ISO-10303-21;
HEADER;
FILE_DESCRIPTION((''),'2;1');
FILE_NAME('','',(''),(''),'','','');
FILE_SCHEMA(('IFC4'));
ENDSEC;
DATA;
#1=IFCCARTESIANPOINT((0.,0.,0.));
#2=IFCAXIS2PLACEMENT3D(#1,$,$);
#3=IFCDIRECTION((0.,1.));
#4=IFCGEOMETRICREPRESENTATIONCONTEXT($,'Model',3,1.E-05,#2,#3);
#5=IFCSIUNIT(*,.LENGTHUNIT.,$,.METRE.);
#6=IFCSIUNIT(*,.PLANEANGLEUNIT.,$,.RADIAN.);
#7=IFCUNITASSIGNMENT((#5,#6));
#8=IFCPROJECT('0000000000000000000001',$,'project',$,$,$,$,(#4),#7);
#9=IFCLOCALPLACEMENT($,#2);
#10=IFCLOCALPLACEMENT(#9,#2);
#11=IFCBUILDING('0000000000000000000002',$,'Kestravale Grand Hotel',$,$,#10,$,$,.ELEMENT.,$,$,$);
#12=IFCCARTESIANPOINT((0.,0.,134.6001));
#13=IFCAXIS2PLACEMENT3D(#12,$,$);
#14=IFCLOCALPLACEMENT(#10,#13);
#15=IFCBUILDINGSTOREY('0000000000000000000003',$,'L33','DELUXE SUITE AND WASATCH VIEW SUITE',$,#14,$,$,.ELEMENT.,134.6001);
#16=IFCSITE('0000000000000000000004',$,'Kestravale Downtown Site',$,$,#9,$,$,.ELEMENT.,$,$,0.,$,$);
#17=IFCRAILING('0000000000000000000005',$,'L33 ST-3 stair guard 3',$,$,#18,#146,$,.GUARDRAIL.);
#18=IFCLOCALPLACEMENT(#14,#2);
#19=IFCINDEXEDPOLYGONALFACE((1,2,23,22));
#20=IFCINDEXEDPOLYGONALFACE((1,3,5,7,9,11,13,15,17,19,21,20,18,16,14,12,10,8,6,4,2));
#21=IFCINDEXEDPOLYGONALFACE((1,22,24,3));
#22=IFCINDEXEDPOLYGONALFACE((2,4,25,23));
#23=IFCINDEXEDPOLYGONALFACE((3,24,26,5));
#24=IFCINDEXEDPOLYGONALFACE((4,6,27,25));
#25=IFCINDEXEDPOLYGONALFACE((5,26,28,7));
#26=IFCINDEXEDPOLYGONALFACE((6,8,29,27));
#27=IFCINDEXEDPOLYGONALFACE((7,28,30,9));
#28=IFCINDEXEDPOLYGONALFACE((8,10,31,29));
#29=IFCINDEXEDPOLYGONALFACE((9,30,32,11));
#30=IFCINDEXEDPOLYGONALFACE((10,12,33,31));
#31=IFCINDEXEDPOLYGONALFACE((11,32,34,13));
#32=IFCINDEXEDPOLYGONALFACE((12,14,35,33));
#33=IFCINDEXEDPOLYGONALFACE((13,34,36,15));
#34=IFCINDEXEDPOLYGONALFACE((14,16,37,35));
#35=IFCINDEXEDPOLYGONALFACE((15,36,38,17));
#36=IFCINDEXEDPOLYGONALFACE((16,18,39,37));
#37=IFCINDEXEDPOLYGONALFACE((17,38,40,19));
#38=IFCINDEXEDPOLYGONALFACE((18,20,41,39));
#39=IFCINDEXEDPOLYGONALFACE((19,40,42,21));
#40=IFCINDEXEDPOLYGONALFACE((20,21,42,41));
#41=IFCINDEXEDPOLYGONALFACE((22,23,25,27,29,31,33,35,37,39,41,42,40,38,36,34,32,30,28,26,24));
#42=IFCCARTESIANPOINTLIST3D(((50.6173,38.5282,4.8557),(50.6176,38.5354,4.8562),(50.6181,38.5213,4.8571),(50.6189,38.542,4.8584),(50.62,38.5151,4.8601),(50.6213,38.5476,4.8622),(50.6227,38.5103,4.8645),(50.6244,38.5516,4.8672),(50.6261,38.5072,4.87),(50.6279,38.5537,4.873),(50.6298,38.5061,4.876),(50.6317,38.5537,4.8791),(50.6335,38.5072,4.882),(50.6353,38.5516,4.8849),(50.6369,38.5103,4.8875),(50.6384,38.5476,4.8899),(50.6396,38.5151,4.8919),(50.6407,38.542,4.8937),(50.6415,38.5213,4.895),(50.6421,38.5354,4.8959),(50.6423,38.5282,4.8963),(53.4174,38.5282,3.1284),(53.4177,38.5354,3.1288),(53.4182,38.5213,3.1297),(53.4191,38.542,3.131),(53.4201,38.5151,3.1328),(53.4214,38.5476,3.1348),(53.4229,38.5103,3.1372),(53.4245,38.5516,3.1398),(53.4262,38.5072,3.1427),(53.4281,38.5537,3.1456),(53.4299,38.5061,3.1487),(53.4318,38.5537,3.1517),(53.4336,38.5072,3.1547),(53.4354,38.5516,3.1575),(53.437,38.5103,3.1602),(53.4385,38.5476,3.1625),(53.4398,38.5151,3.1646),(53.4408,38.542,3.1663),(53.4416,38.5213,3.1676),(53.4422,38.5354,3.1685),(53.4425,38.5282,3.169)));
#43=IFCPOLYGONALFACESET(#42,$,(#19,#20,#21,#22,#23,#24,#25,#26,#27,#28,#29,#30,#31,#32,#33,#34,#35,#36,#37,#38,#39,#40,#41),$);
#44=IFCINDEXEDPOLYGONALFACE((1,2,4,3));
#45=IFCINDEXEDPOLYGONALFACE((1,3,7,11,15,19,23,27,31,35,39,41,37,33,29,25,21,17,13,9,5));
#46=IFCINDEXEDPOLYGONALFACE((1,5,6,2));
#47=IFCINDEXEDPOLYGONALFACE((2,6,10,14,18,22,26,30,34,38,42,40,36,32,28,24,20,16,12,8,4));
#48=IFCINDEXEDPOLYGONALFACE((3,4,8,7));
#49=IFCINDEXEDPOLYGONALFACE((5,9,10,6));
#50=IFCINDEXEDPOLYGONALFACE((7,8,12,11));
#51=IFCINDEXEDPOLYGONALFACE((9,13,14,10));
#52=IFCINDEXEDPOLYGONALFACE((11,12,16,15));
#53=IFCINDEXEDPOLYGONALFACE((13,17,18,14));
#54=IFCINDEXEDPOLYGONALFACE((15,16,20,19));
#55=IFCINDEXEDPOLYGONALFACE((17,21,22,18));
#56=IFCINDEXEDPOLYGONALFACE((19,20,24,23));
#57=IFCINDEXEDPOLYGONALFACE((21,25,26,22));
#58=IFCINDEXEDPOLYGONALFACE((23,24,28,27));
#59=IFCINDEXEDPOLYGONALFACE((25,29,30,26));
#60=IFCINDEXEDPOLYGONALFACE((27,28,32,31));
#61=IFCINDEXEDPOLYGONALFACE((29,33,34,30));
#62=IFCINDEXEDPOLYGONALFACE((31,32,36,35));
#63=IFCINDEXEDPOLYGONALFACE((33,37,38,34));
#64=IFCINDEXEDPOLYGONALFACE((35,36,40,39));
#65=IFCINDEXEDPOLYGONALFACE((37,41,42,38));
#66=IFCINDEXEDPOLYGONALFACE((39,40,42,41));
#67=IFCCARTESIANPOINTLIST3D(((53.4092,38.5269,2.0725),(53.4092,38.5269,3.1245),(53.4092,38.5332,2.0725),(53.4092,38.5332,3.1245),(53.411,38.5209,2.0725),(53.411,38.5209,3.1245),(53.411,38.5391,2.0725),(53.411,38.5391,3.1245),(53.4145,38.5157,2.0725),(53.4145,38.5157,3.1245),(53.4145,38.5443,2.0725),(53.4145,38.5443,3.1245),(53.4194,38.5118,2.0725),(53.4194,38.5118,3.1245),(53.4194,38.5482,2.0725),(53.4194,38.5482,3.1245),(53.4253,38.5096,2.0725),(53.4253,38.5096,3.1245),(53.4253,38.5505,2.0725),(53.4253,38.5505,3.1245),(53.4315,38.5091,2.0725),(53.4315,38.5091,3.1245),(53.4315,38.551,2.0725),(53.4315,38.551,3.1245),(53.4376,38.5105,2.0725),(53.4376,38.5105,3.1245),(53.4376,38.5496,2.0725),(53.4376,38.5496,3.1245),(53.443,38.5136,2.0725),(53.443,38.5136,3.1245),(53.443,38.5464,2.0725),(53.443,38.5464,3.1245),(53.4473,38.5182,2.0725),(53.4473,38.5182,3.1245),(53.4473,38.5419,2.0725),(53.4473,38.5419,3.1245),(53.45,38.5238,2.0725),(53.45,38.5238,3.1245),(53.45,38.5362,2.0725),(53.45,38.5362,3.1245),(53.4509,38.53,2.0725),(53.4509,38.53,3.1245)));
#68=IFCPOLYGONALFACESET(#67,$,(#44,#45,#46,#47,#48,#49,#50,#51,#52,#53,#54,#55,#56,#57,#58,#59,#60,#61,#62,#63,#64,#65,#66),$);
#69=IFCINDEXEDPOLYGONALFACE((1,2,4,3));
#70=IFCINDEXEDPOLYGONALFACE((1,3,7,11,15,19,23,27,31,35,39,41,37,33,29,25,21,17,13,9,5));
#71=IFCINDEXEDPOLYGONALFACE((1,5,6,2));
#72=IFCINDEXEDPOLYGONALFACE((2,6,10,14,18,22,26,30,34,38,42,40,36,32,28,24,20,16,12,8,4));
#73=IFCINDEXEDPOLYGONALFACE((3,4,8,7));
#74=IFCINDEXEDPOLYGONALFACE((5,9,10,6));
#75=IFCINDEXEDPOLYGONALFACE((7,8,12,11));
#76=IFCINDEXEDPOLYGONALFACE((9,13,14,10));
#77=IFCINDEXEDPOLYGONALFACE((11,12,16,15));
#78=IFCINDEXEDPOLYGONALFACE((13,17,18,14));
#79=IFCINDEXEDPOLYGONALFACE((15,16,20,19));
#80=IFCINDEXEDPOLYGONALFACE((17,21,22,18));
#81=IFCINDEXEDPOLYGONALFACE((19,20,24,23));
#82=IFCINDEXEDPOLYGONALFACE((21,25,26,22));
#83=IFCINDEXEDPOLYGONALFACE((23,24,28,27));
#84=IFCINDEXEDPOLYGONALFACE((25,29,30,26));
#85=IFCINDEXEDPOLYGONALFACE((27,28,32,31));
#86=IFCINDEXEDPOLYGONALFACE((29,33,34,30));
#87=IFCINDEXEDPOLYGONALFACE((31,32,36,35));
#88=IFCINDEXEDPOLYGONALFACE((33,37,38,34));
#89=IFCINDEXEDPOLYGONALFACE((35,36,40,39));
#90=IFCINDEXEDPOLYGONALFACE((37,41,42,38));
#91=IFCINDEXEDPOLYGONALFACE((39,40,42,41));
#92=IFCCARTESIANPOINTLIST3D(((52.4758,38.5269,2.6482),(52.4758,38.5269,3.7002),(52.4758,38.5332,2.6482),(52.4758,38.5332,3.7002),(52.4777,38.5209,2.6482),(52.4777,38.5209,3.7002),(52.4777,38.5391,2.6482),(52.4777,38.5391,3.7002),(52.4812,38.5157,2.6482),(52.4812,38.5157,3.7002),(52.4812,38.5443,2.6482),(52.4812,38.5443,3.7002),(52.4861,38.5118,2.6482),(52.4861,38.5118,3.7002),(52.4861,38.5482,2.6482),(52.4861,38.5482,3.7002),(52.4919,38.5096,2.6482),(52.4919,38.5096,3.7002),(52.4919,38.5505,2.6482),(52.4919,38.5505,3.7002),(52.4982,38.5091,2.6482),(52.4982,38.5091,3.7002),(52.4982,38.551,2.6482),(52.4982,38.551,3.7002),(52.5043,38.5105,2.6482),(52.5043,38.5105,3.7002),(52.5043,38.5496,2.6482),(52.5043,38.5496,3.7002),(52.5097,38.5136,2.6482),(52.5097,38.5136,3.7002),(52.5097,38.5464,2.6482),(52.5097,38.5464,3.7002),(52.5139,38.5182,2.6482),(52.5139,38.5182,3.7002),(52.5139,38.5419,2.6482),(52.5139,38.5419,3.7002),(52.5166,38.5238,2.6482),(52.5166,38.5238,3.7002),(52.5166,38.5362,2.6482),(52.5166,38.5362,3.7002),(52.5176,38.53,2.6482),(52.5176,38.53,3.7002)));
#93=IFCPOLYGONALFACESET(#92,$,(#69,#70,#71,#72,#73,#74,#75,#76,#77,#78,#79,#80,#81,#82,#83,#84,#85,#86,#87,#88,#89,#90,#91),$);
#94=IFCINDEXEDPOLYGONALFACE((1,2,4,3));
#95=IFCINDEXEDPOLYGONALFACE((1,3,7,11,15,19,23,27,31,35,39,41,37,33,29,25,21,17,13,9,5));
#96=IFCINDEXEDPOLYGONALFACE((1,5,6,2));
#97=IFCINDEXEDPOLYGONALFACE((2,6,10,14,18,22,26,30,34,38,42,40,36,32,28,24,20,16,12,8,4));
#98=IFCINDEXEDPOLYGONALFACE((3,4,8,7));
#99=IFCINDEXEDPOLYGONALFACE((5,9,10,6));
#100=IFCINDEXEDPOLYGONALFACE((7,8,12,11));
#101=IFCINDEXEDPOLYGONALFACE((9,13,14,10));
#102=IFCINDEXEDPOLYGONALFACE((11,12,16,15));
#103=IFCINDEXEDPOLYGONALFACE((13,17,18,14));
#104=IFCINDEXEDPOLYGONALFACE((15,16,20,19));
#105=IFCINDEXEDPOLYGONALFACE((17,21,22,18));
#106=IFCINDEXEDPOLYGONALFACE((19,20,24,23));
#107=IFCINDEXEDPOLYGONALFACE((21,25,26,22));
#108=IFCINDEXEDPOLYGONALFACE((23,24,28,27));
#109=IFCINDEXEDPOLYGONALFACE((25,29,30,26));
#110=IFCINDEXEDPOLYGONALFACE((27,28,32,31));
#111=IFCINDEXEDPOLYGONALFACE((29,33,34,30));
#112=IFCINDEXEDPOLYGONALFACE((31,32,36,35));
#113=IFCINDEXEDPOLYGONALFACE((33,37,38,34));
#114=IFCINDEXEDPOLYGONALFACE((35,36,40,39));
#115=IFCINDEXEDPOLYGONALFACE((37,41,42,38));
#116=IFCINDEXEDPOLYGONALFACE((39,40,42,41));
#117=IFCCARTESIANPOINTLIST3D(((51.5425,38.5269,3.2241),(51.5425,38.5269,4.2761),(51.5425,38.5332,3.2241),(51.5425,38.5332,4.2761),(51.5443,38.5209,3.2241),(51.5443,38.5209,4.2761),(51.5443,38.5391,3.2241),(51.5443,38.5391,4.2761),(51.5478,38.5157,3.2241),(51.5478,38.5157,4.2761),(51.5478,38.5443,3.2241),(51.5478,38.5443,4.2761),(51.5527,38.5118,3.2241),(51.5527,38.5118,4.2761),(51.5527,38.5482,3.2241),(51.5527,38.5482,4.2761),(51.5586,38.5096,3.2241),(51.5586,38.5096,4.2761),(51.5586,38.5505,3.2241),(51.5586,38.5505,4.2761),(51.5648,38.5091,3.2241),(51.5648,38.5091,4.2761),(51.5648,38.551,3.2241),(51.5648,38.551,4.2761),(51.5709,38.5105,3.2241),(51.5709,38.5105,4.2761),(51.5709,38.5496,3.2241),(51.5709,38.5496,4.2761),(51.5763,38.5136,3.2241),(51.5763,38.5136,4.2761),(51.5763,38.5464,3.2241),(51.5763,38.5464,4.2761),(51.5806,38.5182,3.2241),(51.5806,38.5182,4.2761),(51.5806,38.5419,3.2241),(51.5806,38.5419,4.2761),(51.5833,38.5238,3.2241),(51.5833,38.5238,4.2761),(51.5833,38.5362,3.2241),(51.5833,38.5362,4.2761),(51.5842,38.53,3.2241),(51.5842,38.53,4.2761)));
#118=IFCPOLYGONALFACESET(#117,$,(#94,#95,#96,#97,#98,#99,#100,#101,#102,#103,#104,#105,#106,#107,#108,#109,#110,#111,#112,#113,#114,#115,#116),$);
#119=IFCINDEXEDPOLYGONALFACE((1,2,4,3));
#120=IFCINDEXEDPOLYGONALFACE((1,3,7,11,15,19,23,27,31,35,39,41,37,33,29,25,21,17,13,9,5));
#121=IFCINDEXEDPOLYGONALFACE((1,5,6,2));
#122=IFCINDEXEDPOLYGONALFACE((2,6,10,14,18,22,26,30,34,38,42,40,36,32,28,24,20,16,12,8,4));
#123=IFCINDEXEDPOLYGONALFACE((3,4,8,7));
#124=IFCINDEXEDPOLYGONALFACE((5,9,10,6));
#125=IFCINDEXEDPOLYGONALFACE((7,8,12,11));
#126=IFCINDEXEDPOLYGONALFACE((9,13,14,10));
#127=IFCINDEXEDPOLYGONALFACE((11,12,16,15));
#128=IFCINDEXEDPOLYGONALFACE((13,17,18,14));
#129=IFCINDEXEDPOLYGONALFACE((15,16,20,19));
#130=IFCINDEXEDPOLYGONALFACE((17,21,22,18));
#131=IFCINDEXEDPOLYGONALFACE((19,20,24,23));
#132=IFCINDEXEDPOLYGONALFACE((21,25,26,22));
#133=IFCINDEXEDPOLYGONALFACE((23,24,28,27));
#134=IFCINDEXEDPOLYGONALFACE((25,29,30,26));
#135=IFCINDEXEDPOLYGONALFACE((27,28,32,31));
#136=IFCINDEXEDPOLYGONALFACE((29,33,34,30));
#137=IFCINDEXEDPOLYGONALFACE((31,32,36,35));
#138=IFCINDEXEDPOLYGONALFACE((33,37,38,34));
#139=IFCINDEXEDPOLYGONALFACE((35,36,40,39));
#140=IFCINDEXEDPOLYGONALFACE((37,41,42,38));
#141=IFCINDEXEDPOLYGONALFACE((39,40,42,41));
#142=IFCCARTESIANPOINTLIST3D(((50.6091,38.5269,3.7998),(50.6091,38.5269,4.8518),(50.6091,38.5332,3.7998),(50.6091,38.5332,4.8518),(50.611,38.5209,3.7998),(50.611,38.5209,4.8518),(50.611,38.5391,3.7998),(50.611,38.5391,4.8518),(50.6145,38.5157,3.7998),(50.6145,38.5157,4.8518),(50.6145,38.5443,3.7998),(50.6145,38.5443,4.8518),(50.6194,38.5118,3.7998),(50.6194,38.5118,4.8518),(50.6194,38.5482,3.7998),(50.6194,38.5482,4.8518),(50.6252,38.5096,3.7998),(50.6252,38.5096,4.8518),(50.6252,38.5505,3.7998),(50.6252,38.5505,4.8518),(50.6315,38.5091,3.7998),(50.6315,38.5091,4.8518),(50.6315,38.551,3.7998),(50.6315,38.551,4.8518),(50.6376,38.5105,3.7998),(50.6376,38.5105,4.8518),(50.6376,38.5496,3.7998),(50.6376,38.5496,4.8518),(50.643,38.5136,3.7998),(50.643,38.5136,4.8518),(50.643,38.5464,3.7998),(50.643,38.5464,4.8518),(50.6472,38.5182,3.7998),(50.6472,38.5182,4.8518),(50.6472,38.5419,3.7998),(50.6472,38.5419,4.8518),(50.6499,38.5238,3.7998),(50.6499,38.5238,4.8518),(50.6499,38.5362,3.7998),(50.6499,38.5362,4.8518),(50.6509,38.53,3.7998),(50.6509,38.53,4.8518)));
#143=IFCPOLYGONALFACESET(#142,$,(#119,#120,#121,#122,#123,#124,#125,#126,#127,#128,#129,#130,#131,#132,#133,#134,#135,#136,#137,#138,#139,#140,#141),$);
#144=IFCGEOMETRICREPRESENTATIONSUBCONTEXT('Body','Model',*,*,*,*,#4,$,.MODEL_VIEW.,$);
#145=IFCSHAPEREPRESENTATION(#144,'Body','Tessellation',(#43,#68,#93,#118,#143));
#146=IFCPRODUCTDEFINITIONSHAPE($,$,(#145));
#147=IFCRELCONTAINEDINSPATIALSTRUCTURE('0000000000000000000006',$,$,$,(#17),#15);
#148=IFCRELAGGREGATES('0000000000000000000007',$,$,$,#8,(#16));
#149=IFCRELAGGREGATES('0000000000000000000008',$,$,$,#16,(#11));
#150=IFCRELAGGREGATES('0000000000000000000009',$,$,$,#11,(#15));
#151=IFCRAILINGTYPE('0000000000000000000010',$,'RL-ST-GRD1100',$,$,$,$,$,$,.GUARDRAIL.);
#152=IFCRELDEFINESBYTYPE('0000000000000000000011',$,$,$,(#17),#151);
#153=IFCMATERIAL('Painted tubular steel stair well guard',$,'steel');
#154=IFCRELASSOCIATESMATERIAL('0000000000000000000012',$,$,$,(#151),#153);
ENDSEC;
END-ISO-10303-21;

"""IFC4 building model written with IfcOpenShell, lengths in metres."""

from ifc_helpers import new_model, si_unit, direction, frame, origin, origin_2d, place, context, subcontext, project, spatial, circle, extrude, material, type_object, element, save


model = new_model("IFC4")

# Units and contexts
model_context = context("Model", 3, precision=1e-05, world=origin(), true_north=direction((0.0, 1.0)))
body_context = subcontext(model_context, "Body", "Model", "MODEL_VIEW")
ifc_project = project(units=[si_unit("LENGTHUNIT", "METRE"), si_unit("PLANEANGLEUNIT", "RADIAN")], contexts=[model_context])

# Site, building, storey
site_placement = place(None, origin())
site = spatial("IfcSite", under=ifc_project, at=site_placement, Name="Kestravale Downtown Site", CompositionType="ELEMENT", RefElevation=0.0)
building_placement = place(site_placement, origin())
building = spatial("IfcBuilding", under=site, at=building_placement, Name="Kestravale Grand Hotel", CompositionType="ELEMENT")
storey_placement = place(building_placement, frame((0.0, 0.0, 134.6001)))
storey = spatial("IfcBuildingStorey", under=building, at=storey_placement, Name="L33", Description="DELUXE SUITE AND WASATCH VIEW SUITE", CompositionType="ELEMENT", Elevation=134.6001)

# Railing
ifc_material_1 = material(Name="Painted tubular steel stair well guard", Category="steel")
railing_type_1 = type_object("IfcRailingType", Name="RL-ST-GRD1100", PredefinedType="GUARDRAIL", material=ifc_material_1)
railing_1_placement = place(storey_placement, frame((53.4299, 38.53, 2.0725)))
element("IfcRailing", 1, at=railing_1_placement, inside=storey, type_object=railing_type_1, Name="L33 ST-3 stair guard 3", PredefinedType="GUARDRAIL", context=body_context, shape_type="SweptSolid", body=[
    extrude(circle(Radius=0.0239, at=origin_2d()), frame((0.0, 0.0, 1.0762), z_axis=(-0.85109, 0.0, 0.52502), x_axis=(0.0, -1.0, 0.0)), (0.0, 0.0, 1.0), 3.29),
    extrude(circle(Radius=0.021, at=origin_2d()), origin(), (0.0, 0.0, 1.0), 1.052),
    extrude(circle(Radius=0.021, at=origin_2d()), frame((-0.9333, 0.0, 0.5757)), (0.0, 0.0, 1.0), 1.052),
    extrude(circle(Radius=0.021, at=origin_2d()), frame((-1.8667, 0.0, 1.1516)), (0.0, 0.0, 1.0), 1.052),
    extrude(circle(Radius=0.021, at=origin_2d()), frame((-2.8, 0.0, 1.7273)), (0.0, 0.0, 1.0), 1.052),
])

save(model, "model.ifc")
